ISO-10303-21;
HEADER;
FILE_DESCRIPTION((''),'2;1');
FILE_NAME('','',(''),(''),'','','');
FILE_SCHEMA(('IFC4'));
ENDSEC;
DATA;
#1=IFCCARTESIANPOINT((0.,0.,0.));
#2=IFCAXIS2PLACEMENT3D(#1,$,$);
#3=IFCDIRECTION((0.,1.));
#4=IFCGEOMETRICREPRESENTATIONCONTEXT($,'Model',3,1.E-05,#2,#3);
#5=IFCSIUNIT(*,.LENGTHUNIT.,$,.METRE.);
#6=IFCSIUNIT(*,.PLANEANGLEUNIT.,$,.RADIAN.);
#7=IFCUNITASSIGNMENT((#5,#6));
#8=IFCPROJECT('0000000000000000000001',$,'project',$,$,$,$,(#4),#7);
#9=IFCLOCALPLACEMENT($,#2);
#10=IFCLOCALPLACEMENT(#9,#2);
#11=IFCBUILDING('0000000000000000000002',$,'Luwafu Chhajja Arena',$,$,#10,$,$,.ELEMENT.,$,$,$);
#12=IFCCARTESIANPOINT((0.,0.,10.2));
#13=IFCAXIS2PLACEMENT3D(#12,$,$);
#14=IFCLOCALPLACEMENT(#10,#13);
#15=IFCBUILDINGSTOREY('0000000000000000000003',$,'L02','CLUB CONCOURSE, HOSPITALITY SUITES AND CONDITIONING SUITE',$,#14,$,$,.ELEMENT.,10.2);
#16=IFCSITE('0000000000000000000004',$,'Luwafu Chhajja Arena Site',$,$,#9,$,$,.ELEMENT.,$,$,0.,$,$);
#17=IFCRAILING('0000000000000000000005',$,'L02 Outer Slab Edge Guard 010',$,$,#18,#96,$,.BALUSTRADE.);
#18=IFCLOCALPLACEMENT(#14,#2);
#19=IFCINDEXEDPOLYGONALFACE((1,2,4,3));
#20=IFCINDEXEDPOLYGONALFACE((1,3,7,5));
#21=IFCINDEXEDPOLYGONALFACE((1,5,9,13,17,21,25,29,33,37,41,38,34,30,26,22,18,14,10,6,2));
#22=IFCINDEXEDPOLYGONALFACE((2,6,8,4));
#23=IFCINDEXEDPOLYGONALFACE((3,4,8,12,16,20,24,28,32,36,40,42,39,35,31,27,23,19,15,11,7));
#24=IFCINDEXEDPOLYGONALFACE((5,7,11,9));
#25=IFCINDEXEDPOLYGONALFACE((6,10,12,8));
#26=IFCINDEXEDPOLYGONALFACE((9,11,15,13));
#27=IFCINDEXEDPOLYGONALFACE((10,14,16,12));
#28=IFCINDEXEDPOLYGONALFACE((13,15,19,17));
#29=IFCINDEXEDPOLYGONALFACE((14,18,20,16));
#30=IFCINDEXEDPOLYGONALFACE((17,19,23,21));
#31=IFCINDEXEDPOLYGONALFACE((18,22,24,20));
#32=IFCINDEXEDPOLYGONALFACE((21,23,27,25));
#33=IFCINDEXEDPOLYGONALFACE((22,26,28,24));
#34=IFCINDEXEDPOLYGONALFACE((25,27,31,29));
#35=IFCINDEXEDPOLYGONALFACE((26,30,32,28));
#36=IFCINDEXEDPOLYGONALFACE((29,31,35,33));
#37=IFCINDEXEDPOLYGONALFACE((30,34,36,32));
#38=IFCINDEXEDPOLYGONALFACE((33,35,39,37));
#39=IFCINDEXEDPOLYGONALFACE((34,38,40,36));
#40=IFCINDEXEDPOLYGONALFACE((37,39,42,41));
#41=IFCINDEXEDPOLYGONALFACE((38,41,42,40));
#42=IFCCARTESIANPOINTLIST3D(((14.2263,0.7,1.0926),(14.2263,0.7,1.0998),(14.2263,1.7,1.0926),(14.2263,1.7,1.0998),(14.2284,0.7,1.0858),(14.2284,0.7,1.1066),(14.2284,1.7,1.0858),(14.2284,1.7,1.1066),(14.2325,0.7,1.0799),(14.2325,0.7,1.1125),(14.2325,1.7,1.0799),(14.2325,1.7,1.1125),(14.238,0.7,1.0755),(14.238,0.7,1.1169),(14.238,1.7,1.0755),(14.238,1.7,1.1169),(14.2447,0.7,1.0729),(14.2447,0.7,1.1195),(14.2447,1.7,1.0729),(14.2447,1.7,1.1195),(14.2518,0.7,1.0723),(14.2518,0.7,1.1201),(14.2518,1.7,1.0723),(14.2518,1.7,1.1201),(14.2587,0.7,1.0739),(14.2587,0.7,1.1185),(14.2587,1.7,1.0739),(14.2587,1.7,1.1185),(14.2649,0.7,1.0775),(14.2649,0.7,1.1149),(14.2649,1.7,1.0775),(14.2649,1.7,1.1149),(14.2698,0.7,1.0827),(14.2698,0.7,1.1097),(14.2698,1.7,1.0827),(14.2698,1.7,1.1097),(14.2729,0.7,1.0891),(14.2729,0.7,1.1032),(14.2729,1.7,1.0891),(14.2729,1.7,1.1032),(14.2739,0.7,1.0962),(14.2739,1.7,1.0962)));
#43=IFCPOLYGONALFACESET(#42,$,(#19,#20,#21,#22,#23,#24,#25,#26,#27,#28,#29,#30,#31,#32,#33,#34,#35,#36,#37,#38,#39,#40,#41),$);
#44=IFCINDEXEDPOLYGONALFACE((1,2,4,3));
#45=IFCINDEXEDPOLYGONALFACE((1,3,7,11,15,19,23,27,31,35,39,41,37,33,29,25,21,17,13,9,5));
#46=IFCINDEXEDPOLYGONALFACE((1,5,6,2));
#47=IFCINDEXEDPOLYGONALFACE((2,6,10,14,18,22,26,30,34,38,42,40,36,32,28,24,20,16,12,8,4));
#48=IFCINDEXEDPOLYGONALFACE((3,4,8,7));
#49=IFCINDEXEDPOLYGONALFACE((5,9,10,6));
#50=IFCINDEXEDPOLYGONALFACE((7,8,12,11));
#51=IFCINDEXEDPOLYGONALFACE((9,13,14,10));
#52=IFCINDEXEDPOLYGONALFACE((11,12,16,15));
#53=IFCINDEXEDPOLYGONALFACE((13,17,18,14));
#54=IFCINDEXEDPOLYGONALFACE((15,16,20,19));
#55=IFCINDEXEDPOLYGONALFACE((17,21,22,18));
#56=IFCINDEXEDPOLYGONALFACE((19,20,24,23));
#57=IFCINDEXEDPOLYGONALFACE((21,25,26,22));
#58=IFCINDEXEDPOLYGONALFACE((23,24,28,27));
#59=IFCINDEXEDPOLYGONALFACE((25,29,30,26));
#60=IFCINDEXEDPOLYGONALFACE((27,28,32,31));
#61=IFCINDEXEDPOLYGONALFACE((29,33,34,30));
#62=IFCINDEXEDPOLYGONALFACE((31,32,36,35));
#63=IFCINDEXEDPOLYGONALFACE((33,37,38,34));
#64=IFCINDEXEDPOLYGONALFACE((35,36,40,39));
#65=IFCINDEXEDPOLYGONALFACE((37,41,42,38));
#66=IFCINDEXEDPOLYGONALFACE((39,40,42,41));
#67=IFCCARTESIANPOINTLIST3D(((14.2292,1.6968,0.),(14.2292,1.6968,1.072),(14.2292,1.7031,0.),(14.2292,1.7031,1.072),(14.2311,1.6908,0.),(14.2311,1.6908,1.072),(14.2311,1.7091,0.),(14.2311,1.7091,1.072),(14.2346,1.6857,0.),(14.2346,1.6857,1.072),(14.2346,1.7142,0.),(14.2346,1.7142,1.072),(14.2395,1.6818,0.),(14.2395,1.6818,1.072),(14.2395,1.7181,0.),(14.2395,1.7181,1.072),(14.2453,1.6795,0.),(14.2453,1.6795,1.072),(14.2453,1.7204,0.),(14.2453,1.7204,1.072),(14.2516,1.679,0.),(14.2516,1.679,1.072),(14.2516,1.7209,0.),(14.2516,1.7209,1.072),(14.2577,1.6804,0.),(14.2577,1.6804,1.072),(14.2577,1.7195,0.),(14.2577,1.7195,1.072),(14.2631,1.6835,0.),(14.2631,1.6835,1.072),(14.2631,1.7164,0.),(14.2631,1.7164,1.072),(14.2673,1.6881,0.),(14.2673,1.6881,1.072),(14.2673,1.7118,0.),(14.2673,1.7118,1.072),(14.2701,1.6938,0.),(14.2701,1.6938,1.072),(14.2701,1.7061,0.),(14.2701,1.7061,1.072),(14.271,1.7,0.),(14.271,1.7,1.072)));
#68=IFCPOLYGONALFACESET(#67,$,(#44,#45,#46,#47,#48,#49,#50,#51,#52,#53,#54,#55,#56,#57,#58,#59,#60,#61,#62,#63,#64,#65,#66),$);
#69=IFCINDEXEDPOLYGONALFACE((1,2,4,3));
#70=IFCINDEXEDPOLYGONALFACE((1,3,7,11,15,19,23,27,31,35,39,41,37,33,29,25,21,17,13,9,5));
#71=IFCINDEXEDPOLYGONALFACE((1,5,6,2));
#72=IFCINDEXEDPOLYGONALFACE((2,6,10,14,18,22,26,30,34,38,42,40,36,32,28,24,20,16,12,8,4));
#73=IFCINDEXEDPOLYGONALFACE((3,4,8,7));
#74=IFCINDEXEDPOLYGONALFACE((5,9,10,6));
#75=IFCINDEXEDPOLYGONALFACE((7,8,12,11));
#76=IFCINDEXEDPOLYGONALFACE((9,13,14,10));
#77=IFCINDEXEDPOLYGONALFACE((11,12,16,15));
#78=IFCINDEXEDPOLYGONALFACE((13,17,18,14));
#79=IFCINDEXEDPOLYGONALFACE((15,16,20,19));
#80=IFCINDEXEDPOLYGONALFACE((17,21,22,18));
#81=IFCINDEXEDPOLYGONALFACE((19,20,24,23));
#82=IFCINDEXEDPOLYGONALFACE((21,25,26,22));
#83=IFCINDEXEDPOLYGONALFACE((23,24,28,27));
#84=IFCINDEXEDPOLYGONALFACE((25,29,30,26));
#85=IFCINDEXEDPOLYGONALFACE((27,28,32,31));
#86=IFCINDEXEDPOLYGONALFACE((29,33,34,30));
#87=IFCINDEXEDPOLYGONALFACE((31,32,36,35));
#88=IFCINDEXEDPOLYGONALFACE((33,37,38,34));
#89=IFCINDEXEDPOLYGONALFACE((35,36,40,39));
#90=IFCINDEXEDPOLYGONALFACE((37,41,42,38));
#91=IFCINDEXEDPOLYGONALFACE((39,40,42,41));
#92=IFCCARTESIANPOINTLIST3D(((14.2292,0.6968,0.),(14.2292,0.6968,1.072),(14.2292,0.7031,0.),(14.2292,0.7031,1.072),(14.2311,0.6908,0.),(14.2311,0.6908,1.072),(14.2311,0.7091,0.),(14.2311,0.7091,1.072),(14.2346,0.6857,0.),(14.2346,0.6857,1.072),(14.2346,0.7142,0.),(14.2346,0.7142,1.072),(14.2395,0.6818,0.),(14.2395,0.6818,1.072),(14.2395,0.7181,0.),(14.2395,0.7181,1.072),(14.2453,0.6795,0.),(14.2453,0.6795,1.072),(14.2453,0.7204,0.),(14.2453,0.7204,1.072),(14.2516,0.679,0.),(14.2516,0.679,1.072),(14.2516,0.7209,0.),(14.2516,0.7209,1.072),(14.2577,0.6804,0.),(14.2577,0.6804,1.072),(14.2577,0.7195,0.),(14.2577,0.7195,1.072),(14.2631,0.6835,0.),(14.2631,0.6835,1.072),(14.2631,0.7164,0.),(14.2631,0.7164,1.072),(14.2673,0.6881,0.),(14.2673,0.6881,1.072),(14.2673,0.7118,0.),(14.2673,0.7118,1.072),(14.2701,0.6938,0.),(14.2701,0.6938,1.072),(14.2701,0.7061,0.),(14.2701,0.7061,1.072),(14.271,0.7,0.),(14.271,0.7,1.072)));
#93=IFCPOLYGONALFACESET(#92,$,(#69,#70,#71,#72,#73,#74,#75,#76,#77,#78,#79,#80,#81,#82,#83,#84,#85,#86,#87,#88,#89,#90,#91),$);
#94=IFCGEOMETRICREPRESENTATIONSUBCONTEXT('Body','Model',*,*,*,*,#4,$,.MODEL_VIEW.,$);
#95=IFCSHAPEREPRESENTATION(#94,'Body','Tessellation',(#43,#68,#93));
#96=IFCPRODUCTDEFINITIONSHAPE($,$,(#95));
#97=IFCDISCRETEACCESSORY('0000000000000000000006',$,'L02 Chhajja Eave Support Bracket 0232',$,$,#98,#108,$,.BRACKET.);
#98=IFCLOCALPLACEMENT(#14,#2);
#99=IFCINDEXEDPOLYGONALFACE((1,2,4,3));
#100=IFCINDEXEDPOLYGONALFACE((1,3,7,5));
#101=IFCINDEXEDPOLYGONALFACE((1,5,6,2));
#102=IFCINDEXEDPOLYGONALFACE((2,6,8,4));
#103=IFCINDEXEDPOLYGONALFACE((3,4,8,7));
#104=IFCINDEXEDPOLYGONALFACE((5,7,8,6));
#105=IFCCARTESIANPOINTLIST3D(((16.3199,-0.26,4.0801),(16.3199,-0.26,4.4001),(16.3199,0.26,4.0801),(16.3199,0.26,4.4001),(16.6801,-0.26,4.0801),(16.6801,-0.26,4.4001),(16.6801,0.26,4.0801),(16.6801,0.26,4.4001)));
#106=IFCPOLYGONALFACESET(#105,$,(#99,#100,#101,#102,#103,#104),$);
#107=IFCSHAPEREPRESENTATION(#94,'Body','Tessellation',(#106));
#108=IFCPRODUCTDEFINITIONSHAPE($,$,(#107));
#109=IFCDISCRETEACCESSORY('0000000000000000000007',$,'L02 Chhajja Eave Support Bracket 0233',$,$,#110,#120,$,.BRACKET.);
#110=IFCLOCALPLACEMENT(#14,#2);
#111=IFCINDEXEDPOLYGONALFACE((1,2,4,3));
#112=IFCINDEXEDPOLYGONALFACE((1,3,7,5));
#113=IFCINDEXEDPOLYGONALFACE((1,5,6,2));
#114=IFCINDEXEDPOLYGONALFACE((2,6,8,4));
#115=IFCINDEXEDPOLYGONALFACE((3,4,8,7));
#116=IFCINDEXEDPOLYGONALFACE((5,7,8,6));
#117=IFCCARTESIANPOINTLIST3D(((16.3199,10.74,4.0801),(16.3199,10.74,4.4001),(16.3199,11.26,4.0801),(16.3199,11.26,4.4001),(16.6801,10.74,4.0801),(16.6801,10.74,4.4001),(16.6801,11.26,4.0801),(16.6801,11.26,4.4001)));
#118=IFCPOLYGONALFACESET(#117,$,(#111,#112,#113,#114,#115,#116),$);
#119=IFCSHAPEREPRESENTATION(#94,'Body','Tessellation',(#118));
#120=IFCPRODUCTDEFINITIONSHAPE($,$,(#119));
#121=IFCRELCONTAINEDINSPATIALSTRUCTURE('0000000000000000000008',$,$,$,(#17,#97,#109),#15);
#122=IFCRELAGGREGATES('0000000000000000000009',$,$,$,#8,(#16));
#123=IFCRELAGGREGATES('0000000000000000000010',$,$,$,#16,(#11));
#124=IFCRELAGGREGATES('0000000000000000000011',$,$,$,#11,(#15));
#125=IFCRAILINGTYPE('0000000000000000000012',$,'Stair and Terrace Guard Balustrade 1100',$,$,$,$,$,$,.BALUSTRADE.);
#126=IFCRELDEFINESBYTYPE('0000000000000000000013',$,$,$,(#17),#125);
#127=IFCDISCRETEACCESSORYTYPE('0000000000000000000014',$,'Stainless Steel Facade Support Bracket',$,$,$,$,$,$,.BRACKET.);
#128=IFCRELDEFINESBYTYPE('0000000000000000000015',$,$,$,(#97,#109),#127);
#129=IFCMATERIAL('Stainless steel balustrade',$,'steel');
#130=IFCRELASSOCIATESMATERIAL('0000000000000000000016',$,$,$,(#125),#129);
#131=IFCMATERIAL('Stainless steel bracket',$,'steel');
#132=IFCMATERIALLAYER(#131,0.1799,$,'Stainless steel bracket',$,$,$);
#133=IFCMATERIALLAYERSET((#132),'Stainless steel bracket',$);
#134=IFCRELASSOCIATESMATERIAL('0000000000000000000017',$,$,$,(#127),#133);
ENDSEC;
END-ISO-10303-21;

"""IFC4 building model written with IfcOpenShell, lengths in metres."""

from ifc_helpers import new_model, si_unit, direction, frame, origin, origin_2d, place, context, subcontext, project, spatial, rectangle, circle, extrude, material, layer, layer_set, type_object, element, save


model = new_model("IFC4")

# Units and contexts
model_context = context("Model", 3, precision=1e-05, world=origin(), true_north=direction((0.0, 1.0)))
body_context = subcontext(model_context, "Body", "Model", "MODEL_VIEW")
ifc_project = project(units=[si_unit("LENGTHUNIT", "METRE"), si_unit("PLANEANGLEUNIT", "RADIAN")], contexts=[model_context])

# Site, building, storey
site_placement = place(None, origin())
site = spatial("IfcSite", under=ifc_project, at=site_placement, Name="Luwafu Chhajja Arena Site", CompositionType="ELEMENT", RefElevation=0.0)
building_placement = place(site_placement, origin())
building = spatial("IfcBuilding", under=site, at=building_placement, Name="Luwafu Chhajja Arena", CompositionType="ELEMENT")
storey_placement = place(building_placement, frame((0.0, 0.0, 10.2)))
storey = spatial("IfcBuildingStorey", under=building, at=storey_placement, Name="L02", Description="CLUB CONCOURSE, HOSPITALITY SUITES AND CONDITIONING SUITE", CompositionType="ELEMENT", Elevation=10.2)

# Railing
ifc_material_1 = material(Name="Stainless steel balustrade", Category="steel")
railing_type = type_object("IfcRailingType", Name="Stair and Terrace Guard Balustrade 1100", PredefinedType="BALUSTRADE", material=ifc_material_1)
railing_placement = place(storey_placement, frame((14.25, 1.7, 0.0)))
element("IfcRailing", 1, at=railing_placement, inside=storey, type_object=railing_type, Name="L02 Outer Slab Edge Guard 010", PredefinedType="BALUSTRADE", context=body_context, shape_type="SweptSolid", body=[
    extrude(circle(Radius=0.0239, at=origin_2d()), frame((0.0, 0.0, 1.0962), z_axis=(0.0, -1.0, 0.0), x_axis=(1.0, 0.0, 0.0)), (0.0, 0.0, 1.0), 1.0),
    extrude(circle(Radius=0.021, at=origin_2d()), origin(), (0.0, 0.0, 1.0), 1.072),
    extrude(circle(Radius=0.021, at=origin_2d()), frame((0.0, -1.0, 0.0)), (0.0, 0.0, 1.0), 1.072),
])

# Discrete accessories
ifc_material_2 = material(Name="Stainless steel bracket", Category="steel")
ifc_layer_1 = layer(ifc_material_2, 0.1799, Name="Stainless steel bracket")
ifc_layer_set_1 = layer_set([ifc_layer_1], Name="Stainless steel bracket")
discrete_accessory_type = type_object("IfcDiscreteAccessoryType", Name="Stainless Steel Facade Support Bracket", PredefinedType="BRACKET", material=ifc_layer_set_1)
for number, where, z_axis, x_axis, name in (
    (2, (16.5, 0.0, 4.0801), (0.0, 0.0, 1.0), (1.0, 0.0, 0.0), "L02 Chhajja Eave Support Bracket 0232"),
    (3, (16.5, 11.0, 4.0801), (0.0, 0.0, 1.0), (1.0, 0.0, 0.0), "L02 Chhajja Eave Support Bracket 0233"),
):
    element("IfcDiscreteAccessory", number, at=place(storey_placement, frame(where, z_axis=z_axis, x_axis=x_axis)), inside=storey, type_object=discrete_accessory_type, Name=name, PredefinedType="BRACKET", context=body_context, shape_type="SweptSolid", body=[
        extrude(rectangle(XDim=0.3601, YDim=0.52, at=origin_2d()), origin(), (0.0, 0.0, 1.0), 0.3201),
    ])

save(model, "model.ifc")
